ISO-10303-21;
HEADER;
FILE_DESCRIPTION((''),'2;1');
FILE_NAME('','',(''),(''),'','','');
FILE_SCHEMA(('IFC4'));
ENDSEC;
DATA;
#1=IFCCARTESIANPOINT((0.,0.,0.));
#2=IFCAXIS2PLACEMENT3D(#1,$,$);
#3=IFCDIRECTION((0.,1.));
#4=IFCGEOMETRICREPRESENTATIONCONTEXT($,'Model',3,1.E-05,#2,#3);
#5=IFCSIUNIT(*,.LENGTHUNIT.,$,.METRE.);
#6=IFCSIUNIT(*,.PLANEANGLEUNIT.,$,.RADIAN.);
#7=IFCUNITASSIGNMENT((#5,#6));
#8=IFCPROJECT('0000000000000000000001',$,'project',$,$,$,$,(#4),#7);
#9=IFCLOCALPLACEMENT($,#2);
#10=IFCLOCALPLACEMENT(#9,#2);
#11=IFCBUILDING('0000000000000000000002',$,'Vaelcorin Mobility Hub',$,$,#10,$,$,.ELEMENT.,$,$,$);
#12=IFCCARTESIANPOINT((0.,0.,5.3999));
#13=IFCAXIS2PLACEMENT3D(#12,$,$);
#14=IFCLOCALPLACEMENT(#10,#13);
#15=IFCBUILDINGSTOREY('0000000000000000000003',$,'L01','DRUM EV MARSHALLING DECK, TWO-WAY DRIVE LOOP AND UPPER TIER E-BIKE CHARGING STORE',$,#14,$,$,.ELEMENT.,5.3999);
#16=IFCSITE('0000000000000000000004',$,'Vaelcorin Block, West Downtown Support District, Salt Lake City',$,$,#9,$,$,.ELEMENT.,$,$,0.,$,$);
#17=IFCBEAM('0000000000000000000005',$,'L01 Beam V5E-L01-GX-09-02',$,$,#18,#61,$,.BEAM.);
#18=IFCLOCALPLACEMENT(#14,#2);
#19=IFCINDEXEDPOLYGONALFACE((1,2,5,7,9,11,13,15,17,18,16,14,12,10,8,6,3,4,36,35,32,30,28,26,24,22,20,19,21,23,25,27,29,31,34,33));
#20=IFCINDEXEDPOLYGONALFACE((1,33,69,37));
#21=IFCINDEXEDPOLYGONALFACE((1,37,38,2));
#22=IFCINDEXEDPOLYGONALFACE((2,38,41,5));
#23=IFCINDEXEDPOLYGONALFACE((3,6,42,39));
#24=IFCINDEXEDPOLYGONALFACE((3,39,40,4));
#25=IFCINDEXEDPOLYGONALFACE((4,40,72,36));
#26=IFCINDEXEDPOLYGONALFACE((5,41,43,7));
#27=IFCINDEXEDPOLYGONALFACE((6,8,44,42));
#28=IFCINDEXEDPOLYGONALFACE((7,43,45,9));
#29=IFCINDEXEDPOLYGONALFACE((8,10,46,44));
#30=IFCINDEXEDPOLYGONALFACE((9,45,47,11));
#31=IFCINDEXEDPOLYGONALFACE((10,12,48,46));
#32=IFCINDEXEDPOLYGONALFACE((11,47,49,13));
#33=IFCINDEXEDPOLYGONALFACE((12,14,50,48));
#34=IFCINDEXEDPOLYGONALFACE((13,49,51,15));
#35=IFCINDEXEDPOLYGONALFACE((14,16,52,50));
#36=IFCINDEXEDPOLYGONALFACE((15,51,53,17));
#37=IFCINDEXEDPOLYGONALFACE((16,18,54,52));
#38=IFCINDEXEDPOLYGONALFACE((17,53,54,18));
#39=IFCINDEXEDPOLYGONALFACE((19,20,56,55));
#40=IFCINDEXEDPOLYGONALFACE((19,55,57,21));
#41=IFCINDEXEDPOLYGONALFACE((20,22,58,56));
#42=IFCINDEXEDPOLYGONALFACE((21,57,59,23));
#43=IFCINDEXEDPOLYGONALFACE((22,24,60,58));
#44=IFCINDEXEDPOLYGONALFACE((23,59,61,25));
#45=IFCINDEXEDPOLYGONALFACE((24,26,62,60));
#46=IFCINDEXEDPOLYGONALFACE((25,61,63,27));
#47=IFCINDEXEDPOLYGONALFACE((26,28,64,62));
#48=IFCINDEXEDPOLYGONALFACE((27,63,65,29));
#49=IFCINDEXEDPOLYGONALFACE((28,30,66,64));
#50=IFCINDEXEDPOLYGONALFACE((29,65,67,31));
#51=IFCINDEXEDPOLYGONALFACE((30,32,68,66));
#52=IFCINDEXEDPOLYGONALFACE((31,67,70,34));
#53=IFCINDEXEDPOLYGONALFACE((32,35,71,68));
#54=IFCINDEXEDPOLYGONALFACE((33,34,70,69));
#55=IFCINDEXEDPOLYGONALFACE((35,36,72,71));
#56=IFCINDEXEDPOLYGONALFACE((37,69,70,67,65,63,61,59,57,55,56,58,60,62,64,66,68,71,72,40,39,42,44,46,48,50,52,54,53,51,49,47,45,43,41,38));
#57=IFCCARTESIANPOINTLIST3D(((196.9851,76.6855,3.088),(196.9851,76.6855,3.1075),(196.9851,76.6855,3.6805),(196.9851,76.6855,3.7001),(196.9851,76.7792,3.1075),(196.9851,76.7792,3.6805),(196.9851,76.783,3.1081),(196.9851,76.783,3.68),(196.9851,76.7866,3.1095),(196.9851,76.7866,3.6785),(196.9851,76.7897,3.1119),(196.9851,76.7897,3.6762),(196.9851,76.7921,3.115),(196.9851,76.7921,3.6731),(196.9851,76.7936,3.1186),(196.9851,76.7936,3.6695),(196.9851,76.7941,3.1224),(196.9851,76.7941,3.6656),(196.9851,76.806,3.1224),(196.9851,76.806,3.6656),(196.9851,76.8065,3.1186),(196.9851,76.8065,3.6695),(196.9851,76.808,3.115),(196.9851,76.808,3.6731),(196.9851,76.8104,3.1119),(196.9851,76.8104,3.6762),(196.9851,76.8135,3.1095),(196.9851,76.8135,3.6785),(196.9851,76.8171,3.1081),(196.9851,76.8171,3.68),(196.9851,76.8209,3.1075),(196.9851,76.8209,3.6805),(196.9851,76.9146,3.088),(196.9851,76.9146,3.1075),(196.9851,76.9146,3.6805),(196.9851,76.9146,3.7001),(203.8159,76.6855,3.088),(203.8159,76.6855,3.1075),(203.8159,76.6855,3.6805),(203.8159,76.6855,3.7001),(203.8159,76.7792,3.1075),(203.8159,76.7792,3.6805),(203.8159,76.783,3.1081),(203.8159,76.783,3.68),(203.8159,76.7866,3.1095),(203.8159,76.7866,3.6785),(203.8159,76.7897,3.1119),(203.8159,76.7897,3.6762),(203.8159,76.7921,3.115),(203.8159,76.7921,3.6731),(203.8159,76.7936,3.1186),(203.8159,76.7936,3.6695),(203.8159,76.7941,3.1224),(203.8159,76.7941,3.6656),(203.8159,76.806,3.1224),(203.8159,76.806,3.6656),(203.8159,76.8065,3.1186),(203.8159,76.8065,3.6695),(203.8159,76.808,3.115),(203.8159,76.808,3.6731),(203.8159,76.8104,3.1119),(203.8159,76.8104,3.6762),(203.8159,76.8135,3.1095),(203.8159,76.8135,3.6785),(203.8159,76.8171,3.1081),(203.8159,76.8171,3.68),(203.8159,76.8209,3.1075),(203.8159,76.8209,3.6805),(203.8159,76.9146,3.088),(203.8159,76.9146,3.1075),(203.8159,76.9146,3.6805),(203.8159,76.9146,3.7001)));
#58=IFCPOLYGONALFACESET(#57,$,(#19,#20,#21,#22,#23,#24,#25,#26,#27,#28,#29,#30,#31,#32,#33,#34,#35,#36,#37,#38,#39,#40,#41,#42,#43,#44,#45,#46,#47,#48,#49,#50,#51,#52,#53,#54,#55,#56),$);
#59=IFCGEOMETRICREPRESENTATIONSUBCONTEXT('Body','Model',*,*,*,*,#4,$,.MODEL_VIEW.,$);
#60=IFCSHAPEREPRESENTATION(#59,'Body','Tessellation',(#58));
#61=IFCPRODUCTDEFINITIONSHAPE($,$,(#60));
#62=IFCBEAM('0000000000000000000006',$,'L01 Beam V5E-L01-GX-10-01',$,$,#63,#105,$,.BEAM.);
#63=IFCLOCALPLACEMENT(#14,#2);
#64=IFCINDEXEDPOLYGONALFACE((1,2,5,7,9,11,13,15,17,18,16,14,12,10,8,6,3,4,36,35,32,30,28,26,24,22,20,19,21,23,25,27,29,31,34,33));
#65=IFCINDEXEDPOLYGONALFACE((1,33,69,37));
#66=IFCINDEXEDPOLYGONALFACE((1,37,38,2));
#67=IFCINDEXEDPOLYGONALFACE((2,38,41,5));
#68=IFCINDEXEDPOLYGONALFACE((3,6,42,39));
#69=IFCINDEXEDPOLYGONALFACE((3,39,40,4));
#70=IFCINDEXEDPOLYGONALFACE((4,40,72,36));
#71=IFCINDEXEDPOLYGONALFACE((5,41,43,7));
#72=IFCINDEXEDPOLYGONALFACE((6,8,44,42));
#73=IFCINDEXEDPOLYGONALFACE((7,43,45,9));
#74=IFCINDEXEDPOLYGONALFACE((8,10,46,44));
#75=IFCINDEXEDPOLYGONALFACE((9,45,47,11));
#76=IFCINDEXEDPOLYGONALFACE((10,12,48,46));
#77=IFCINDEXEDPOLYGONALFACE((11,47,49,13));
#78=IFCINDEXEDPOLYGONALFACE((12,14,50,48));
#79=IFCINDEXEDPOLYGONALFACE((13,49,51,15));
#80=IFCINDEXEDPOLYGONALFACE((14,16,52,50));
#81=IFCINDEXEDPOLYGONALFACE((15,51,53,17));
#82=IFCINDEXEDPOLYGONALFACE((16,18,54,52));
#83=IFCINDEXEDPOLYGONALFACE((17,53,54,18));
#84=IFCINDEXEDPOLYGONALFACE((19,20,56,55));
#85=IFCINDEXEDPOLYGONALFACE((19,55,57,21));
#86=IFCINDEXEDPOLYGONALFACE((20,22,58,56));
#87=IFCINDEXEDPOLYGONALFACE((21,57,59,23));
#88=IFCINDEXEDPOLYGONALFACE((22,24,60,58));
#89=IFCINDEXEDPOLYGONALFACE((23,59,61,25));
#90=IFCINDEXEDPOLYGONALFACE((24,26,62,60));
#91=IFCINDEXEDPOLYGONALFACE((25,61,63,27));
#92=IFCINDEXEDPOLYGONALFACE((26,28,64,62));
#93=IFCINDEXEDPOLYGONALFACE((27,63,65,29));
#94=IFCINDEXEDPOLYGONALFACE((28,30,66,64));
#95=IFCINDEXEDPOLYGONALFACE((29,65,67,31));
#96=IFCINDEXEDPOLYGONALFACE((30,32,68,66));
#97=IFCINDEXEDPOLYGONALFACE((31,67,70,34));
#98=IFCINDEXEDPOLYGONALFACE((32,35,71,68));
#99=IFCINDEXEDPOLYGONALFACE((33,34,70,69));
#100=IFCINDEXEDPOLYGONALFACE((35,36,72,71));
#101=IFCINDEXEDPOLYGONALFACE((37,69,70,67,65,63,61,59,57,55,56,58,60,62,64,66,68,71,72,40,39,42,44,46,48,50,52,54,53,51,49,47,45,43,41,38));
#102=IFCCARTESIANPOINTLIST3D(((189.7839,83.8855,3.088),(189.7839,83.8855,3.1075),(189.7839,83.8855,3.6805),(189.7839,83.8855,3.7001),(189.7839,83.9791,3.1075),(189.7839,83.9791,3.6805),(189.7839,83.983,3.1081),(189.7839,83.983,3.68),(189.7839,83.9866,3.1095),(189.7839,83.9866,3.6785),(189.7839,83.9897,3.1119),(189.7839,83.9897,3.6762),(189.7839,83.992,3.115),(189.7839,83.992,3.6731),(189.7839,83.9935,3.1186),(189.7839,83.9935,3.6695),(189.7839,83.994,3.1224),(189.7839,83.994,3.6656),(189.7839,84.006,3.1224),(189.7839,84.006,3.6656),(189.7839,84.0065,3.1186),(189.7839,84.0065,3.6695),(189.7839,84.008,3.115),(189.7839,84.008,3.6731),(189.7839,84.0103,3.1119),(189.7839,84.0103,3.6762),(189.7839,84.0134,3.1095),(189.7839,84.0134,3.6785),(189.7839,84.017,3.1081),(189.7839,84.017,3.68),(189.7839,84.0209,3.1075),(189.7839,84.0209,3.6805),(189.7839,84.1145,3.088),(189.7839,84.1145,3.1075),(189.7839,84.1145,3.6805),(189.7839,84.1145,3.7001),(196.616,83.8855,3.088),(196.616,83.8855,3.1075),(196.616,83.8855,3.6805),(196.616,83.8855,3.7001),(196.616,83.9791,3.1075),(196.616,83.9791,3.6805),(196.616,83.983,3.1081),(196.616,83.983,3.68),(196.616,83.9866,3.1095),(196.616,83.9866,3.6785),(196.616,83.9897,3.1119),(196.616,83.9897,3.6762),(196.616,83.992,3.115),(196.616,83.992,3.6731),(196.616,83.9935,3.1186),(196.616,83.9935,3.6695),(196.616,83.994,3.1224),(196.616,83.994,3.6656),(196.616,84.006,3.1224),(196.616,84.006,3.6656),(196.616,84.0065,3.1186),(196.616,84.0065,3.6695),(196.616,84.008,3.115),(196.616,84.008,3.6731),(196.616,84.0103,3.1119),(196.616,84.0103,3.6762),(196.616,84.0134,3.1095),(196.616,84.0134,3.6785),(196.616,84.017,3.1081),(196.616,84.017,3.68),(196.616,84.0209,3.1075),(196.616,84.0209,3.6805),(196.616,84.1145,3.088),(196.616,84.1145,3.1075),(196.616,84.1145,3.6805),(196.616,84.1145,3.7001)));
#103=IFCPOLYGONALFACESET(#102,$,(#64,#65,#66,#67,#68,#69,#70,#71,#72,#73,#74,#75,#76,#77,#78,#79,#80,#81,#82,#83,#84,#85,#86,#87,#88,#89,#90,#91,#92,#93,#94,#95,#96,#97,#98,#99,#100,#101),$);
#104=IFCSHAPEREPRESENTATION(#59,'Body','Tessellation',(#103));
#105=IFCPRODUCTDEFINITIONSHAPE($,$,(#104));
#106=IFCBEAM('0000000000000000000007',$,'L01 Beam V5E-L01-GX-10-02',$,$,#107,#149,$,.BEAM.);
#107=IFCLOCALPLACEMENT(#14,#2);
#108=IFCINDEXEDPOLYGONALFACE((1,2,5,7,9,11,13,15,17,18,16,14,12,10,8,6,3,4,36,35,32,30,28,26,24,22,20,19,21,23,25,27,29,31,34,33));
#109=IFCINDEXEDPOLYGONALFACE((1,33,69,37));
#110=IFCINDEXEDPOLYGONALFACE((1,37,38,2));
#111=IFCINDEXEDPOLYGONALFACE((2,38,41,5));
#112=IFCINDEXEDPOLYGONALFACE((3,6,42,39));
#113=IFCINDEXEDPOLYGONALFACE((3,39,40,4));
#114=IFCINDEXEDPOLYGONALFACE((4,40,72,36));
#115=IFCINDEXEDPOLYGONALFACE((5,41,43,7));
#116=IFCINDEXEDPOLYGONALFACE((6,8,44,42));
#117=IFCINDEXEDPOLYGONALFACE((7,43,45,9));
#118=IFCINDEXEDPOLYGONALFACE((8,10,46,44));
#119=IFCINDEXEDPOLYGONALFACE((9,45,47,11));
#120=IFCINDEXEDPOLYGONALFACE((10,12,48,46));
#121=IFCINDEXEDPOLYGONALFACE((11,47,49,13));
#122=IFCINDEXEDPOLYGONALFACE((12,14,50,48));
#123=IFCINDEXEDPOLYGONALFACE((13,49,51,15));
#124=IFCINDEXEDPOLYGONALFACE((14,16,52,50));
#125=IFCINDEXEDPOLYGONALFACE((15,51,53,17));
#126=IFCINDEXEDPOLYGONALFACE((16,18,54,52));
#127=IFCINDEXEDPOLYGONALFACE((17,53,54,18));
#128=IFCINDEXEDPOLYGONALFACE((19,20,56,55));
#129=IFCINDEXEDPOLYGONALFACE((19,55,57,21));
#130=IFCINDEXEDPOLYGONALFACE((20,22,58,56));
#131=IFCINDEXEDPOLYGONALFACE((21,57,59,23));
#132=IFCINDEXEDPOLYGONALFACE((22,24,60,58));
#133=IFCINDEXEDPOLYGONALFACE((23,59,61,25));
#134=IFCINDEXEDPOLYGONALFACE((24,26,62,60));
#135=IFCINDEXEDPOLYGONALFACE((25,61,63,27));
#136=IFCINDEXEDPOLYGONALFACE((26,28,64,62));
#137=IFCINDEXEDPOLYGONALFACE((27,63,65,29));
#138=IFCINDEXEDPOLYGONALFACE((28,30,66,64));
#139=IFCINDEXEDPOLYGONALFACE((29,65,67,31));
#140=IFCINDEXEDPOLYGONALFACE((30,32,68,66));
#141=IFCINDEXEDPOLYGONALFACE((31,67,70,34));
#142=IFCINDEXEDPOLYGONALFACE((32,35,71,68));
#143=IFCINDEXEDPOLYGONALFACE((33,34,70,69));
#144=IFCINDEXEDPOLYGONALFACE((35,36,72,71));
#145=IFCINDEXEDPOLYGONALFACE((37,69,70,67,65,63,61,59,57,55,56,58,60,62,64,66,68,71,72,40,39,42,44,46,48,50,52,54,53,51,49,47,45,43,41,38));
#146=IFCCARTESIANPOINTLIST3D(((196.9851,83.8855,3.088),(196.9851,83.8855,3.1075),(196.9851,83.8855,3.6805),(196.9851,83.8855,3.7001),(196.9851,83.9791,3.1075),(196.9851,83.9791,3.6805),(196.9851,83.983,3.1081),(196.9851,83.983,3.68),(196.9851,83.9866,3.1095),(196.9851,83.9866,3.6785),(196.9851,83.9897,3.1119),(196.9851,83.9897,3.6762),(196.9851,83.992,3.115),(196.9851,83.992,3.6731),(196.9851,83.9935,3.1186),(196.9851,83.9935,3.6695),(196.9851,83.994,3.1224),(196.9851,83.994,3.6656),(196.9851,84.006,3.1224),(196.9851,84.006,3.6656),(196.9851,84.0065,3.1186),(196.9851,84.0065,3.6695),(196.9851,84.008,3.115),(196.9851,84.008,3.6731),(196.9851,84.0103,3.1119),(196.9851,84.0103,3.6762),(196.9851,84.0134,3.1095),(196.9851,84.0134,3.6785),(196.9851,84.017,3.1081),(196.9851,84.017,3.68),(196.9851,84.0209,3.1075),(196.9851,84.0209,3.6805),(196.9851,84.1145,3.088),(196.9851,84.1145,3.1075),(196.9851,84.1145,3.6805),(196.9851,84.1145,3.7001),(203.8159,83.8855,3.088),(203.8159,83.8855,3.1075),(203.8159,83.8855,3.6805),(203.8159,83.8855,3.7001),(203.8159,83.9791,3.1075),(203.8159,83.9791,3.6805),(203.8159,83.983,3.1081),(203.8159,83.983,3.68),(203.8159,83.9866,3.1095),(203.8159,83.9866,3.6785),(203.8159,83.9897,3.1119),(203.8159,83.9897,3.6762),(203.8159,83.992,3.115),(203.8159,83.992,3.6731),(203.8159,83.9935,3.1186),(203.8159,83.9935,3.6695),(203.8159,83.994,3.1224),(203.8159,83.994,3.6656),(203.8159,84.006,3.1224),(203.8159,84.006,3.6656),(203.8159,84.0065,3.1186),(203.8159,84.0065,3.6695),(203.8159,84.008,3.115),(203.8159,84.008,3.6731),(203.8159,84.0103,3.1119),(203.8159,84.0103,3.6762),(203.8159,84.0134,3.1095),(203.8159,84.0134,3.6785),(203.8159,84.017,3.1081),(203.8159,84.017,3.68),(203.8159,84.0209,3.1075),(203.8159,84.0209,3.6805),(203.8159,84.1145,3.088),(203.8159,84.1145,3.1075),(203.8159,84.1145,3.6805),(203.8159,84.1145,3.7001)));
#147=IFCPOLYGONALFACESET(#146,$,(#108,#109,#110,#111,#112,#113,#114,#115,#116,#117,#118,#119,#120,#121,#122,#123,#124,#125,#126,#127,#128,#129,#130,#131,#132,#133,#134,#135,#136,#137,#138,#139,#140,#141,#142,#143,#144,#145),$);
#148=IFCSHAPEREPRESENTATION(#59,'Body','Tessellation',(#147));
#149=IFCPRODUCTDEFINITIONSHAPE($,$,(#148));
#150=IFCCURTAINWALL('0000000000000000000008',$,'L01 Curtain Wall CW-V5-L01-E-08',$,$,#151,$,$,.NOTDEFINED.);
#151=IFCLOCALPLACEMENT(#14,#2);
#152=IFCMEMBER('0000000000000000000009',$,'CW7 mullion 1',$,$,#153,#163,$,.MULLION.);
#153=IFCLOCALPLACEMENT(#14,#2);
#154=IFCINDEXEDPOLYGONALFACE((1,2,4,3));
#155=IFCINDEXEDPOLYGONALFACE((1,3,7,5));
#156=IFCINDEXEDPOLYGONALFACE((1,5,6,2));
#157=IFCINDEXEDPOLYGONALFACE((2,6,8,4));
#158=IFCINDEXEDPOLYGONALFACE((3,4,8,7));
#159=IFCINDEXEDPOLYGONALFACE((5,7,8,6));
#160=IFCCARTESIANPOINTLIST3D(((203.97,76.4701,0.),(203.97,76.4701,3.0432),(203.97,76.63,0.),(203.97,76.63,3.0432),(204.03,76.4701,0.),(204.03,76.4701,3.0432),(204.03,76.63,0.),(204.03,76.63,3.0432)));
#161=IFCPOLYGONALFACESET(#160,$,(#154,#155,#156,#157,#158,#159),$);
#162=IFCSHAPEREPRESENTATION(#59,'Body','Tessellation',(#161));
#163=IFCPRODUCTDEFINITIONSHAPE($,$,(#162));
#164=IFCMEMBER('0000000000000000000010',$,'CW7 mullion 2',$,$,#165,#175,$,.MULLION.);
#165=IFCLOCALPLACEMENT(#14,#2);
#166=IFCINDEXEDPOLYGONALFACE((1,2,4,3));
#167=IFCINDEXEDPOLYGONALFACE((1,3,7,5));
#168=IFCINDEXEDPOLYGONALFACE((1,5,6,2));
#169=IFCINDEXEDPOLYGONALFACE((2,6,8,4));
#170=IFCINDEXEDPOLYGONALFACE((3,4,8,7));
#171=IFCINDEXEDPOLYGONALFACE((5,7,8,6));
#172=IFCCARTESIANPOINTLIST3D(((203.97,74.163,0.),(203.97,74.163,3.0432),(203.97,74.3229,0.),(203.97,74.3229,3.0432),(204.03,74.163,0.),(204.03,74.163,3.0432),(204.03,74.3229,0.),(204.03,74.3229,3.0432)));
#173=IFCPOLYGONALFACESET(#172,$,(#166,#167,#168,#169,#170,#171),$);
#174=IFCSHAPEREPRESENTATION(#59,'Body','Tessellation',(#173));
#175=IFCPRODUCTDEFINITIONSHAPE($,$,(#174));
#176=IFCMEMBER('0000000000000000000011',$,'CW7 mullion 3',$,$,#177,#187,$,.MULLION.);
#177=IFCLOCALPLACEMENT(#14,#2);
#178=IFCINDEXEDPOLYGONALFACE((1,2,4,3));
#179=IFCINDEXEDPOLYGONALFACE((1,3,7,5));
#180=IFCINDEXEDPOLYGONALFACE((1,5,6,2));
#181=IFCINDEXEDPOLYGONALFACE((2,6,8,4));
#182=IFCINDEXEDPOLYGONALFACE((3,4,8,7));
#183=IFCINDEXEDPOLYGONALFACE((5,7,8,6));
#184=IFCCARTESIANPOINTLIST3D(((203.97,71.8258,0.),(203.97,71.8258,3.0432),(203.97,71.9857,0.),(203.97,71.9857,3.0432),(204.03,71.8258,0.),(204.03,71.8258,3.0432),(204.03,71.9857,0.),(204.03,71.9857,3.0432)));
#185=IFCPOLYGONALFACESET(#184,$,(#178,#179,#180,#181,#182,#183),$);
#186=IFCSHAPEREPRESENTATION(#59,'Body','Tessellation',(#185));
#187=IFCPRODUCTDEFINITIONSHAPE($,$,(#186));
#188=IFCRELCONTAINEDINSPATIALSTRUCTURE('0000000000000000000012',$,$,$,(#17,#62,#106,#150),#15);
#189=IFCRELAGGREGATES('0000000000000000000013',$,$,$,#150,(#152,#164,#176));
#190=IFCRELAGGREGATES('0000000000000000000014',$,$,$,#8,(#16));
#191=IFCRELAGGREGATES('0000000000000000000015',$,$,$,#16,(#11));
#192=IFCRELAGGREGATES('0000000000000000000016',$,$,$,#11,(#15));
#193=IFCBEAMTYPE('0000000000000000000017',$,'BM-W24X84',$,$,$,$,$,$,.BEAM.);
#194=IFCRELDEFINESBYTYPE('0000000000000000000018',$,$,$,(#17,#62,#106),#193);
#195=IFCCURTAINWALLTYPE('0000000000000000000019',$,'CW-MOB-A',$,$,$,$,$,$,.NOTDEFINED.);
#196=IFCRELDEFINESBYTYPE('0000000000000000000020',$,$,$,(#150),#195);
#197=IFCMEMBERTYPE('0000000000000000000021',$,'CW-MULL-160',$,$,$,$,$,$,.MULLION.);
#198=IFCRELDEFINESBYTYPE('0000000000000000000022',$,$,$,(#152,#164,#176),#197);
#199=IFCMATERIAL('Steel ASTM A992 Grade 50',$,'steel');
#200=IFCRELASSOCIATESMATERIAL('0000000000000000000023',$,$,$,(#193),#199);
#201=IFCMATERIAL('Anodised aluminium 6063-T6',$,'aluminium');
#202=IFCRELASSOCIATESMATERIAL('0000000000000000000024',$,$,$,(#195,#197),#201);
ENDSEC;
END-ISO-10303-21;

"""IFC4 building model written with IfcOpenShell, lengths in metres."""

from ifc_helpers import new_model, si_unit, direction, frame, origin, origin_2d, place, context, subcontext, project, spatial, rectangle, i_section, extrude, material, material_profile, profile_set, type_object, element, aggregate, save


model = new_model("IFC4")

# Units and contexts
model_context = context("Model", 3, precision=1e-05, world=origin(), true_north=direction((0.0, 1.0)))
body_context = subcontext(model_context, "Body", "Model", "MODEL_VIEW")
ifc_project = project(units=[si_unit("LENGTHUNIT", "METRE"), si_unit("PLANEANGLEUNIT", "RADIAN")], contexts=[model_context])

# Site, building, storey
site_placement = place(None, origin())
site = spatial("IfcSite", under=ifc_project, at=site_placement, Name="Vaelcorin Block, West Downtown Support District, Salt Lake City", CompositionType="ELEMENT", RefElevation=0.0)
building_placement = place(site_placement, origin())
building = spatial("IfcBuilding", under=site, at=building_placement, Name="Vaelcorin Mobility Hub", CompositionType="ELEMENT")
storey_placement = place(building_placement, frame((0.0, 0.0, 5.3999)))
storey = spatial("IfcBuildingStorey", under=building, at=storey_placement, Name="L01", Description="DRUM EV MARSHALLING DECK, TWO-WAY DRIVE LOOP AND UPPER TIER E-BIKE CHARGING STORE", CompositionType="ELEMENT", Elevation=5.3999)

# Shared definitions
ifc_material_1 = material(Name="Steel ASTM A992 Grade 50", Category="steel")

# Beams
ifc_material_profile_1 = material_profile(ifc_material_1, i_section(OverallWidth=0.229, OverallDepth=0.6121, WebThickness=0.012, FlangeThickness=0.0195, FilletRadius=0.0149, at=origin_2d()), Name="W24X84")
ifc_profile_set_1 = profile_set([ifc_material_profile_1], Name="Steel ASTM A992 Grade 50")
beam_type_1 = type_object("IfcBeamType", Name="BM-W24X84", PredefinedType="BEAM", material=ifc_profile_set_1)
beam_1_placement = place(storey_placement, frame((196.9851, 76.8, 3.394), z_axis=(1.0, 0.0, 0.0), x_axis=(0.0, 1.0, 0.0)))
element("IfcBeam", 1, at=beam_1_placement, inside=storey, type_object=beam_type_1, Name="L01 Beam V5E-L01-GX-09-02", PredefinedType="BEAM", context=body_context, shape_type="SweptSolid", body=[
    extrude(i_section(OverallWidth=0.229, OverallDepth=0.6121, WebThickness=0.012, FlangeThickness=0.0195, FilletRadius=0.0149, at=origin_2d()), origin(), (0.0, 0.0, 1.0), 6.8308),
])
beam_2_placement = place(storey_placement, frame((189.7839, 84.0, 3.394), z_axis=(1.0, 0.0, 0.0), x_axis=(0.0, 1.0, 0.0)))
element("IfcBeam", 2, at=beam_2_placement, inside=storey, type_object=beam_type_1, Name="L01 Beam V5E-L01-GX-10-01", PredefinedType="BEAM", context=body_context, shape_type="SweptSolid", body=[
    extrude(i_section(OverallWidth=0.229, OverallDepth=0.6121, WebThickness=0.012, FlangeThickness=0.0195, FilletRadius=0.0149, at=origin_2d()), origin(), (0.0, 0.0, 1.0), 6.832),
])
beam_3_placement = place(storey_placement, frame((196.9851, 84.0, 3.394), z_axis=(1.0, 0.0, 0.0), x_axis=(0.0, 1.0, 0.0)))
element("IfcBeam", 3, at=beam_3_placement, inside=storey, type_object=beam_type_1, Name="L01 Beam V5E-L01-GX-10-02", PredefinedType="BEAM", context=body_context, shape_type="SweptSolid", body=[
    extrude(i_section(OverallWidth=0.229, OverallDepth=0.6121, WebThickness=0.012, FlangeThickness=0.0195, FilletRadius=0.0149, at=origin_2d()), origin(), (0.0, 0.0, 1.0), 6.8308),
])

# Curtain wall, members
ifc_material_2 = material(Name="Anodised aluminium 6063-T6", Category="aluminium")
curtain_wall_type = type_object("IfcCurtainWallType", Name="CW-MOB-A", PredefinedType="NOTDEFINED", material=ifc_material_2)
curtain_wall_placement = place(storey_placement, origin())
curtain_wall = element("IfcCurtainWall", 4, at=curtain_wall_placement, inside=storey, type_object=curtain_wall_type, Name="L01 Curtain Wall CW-V5-L01-E-08", PredefinedType="NOTDEFINED")
ifc_material_profile_2 = material_profile(ifc_material_2, rectangle(XDim=0.0601, YDim=0.1599, at=origin_2d()), Name="ALU-M60X160")
ifc_profile_set_2 = profile_set([ifc_material_profile_2], Name="Anodised aluminium 6063-T6")
member_type_1 = type_object("IfcMemberType", Name="CW-MULL-160", PredefinedType="MULLION", material=ifc_profile_set_2)
member_1_placement = place(storey_placement, frame((204.0, 76.55, 0.0), z_axis=(0.0, 0.0, 1.0), x_axis=(1.0, 0.0, 0.0)))
member_1 = element("IfcMember", 5, at=member_1_placement, type_object=member_type_1, Name="CW7 mullion 1", PredefinedType="MULLION", context=body_context, shape_type="SweptSolid", body=[
    extrude(rectangle(XDim=0.0601, YDim=0.1599, at=origin_2d()), origin(), (0.0, 0.0, 1.0), 3.0432),
])
member_2_placement = place(storey_placement, frame((204.0, 74.2429, 0.0), z_axis=(0.0, 0.0, 1.0), x_axis=(1.0, 0.0, 0.0)))
member_2 = element("IfcMember", 6, at=member_2_placement, type_object=member_type_1, Name="CW7 mullion 2", PredefinedType="MULLION", context=body_context, shape_type="SweptSolid", body=[
    extrude(rectangle(XDim=0.0601, YDim=0.1599, at=origin_2d()), origin(), (0.0, 0.0, 1.0), 3.0432),
])
member_3_placement = place(storey_placement, frame((204.0, 71.9058, 0.0), z_axis=(0.0, 0.0, 1.0), x_axis=(1.0, 0.0, 0.0)))
member_3 = element("IfcMember", 7, at=member_3_placement, type_object=member_type_1, Name="CW7 mullion 3", PredefinedType="MULLION", context=body_context, shape_type="SweptSolid", body=[
    extrude(rectangle(XDim=0.0601, YDim=0.1599, at=origin_2d()), origin(), (0.0, 0.0, 1.0), 3.0432),
])
aggregate(curtain_wall, [member_1, member_2, member_3])

save(model, "model.ifc")
